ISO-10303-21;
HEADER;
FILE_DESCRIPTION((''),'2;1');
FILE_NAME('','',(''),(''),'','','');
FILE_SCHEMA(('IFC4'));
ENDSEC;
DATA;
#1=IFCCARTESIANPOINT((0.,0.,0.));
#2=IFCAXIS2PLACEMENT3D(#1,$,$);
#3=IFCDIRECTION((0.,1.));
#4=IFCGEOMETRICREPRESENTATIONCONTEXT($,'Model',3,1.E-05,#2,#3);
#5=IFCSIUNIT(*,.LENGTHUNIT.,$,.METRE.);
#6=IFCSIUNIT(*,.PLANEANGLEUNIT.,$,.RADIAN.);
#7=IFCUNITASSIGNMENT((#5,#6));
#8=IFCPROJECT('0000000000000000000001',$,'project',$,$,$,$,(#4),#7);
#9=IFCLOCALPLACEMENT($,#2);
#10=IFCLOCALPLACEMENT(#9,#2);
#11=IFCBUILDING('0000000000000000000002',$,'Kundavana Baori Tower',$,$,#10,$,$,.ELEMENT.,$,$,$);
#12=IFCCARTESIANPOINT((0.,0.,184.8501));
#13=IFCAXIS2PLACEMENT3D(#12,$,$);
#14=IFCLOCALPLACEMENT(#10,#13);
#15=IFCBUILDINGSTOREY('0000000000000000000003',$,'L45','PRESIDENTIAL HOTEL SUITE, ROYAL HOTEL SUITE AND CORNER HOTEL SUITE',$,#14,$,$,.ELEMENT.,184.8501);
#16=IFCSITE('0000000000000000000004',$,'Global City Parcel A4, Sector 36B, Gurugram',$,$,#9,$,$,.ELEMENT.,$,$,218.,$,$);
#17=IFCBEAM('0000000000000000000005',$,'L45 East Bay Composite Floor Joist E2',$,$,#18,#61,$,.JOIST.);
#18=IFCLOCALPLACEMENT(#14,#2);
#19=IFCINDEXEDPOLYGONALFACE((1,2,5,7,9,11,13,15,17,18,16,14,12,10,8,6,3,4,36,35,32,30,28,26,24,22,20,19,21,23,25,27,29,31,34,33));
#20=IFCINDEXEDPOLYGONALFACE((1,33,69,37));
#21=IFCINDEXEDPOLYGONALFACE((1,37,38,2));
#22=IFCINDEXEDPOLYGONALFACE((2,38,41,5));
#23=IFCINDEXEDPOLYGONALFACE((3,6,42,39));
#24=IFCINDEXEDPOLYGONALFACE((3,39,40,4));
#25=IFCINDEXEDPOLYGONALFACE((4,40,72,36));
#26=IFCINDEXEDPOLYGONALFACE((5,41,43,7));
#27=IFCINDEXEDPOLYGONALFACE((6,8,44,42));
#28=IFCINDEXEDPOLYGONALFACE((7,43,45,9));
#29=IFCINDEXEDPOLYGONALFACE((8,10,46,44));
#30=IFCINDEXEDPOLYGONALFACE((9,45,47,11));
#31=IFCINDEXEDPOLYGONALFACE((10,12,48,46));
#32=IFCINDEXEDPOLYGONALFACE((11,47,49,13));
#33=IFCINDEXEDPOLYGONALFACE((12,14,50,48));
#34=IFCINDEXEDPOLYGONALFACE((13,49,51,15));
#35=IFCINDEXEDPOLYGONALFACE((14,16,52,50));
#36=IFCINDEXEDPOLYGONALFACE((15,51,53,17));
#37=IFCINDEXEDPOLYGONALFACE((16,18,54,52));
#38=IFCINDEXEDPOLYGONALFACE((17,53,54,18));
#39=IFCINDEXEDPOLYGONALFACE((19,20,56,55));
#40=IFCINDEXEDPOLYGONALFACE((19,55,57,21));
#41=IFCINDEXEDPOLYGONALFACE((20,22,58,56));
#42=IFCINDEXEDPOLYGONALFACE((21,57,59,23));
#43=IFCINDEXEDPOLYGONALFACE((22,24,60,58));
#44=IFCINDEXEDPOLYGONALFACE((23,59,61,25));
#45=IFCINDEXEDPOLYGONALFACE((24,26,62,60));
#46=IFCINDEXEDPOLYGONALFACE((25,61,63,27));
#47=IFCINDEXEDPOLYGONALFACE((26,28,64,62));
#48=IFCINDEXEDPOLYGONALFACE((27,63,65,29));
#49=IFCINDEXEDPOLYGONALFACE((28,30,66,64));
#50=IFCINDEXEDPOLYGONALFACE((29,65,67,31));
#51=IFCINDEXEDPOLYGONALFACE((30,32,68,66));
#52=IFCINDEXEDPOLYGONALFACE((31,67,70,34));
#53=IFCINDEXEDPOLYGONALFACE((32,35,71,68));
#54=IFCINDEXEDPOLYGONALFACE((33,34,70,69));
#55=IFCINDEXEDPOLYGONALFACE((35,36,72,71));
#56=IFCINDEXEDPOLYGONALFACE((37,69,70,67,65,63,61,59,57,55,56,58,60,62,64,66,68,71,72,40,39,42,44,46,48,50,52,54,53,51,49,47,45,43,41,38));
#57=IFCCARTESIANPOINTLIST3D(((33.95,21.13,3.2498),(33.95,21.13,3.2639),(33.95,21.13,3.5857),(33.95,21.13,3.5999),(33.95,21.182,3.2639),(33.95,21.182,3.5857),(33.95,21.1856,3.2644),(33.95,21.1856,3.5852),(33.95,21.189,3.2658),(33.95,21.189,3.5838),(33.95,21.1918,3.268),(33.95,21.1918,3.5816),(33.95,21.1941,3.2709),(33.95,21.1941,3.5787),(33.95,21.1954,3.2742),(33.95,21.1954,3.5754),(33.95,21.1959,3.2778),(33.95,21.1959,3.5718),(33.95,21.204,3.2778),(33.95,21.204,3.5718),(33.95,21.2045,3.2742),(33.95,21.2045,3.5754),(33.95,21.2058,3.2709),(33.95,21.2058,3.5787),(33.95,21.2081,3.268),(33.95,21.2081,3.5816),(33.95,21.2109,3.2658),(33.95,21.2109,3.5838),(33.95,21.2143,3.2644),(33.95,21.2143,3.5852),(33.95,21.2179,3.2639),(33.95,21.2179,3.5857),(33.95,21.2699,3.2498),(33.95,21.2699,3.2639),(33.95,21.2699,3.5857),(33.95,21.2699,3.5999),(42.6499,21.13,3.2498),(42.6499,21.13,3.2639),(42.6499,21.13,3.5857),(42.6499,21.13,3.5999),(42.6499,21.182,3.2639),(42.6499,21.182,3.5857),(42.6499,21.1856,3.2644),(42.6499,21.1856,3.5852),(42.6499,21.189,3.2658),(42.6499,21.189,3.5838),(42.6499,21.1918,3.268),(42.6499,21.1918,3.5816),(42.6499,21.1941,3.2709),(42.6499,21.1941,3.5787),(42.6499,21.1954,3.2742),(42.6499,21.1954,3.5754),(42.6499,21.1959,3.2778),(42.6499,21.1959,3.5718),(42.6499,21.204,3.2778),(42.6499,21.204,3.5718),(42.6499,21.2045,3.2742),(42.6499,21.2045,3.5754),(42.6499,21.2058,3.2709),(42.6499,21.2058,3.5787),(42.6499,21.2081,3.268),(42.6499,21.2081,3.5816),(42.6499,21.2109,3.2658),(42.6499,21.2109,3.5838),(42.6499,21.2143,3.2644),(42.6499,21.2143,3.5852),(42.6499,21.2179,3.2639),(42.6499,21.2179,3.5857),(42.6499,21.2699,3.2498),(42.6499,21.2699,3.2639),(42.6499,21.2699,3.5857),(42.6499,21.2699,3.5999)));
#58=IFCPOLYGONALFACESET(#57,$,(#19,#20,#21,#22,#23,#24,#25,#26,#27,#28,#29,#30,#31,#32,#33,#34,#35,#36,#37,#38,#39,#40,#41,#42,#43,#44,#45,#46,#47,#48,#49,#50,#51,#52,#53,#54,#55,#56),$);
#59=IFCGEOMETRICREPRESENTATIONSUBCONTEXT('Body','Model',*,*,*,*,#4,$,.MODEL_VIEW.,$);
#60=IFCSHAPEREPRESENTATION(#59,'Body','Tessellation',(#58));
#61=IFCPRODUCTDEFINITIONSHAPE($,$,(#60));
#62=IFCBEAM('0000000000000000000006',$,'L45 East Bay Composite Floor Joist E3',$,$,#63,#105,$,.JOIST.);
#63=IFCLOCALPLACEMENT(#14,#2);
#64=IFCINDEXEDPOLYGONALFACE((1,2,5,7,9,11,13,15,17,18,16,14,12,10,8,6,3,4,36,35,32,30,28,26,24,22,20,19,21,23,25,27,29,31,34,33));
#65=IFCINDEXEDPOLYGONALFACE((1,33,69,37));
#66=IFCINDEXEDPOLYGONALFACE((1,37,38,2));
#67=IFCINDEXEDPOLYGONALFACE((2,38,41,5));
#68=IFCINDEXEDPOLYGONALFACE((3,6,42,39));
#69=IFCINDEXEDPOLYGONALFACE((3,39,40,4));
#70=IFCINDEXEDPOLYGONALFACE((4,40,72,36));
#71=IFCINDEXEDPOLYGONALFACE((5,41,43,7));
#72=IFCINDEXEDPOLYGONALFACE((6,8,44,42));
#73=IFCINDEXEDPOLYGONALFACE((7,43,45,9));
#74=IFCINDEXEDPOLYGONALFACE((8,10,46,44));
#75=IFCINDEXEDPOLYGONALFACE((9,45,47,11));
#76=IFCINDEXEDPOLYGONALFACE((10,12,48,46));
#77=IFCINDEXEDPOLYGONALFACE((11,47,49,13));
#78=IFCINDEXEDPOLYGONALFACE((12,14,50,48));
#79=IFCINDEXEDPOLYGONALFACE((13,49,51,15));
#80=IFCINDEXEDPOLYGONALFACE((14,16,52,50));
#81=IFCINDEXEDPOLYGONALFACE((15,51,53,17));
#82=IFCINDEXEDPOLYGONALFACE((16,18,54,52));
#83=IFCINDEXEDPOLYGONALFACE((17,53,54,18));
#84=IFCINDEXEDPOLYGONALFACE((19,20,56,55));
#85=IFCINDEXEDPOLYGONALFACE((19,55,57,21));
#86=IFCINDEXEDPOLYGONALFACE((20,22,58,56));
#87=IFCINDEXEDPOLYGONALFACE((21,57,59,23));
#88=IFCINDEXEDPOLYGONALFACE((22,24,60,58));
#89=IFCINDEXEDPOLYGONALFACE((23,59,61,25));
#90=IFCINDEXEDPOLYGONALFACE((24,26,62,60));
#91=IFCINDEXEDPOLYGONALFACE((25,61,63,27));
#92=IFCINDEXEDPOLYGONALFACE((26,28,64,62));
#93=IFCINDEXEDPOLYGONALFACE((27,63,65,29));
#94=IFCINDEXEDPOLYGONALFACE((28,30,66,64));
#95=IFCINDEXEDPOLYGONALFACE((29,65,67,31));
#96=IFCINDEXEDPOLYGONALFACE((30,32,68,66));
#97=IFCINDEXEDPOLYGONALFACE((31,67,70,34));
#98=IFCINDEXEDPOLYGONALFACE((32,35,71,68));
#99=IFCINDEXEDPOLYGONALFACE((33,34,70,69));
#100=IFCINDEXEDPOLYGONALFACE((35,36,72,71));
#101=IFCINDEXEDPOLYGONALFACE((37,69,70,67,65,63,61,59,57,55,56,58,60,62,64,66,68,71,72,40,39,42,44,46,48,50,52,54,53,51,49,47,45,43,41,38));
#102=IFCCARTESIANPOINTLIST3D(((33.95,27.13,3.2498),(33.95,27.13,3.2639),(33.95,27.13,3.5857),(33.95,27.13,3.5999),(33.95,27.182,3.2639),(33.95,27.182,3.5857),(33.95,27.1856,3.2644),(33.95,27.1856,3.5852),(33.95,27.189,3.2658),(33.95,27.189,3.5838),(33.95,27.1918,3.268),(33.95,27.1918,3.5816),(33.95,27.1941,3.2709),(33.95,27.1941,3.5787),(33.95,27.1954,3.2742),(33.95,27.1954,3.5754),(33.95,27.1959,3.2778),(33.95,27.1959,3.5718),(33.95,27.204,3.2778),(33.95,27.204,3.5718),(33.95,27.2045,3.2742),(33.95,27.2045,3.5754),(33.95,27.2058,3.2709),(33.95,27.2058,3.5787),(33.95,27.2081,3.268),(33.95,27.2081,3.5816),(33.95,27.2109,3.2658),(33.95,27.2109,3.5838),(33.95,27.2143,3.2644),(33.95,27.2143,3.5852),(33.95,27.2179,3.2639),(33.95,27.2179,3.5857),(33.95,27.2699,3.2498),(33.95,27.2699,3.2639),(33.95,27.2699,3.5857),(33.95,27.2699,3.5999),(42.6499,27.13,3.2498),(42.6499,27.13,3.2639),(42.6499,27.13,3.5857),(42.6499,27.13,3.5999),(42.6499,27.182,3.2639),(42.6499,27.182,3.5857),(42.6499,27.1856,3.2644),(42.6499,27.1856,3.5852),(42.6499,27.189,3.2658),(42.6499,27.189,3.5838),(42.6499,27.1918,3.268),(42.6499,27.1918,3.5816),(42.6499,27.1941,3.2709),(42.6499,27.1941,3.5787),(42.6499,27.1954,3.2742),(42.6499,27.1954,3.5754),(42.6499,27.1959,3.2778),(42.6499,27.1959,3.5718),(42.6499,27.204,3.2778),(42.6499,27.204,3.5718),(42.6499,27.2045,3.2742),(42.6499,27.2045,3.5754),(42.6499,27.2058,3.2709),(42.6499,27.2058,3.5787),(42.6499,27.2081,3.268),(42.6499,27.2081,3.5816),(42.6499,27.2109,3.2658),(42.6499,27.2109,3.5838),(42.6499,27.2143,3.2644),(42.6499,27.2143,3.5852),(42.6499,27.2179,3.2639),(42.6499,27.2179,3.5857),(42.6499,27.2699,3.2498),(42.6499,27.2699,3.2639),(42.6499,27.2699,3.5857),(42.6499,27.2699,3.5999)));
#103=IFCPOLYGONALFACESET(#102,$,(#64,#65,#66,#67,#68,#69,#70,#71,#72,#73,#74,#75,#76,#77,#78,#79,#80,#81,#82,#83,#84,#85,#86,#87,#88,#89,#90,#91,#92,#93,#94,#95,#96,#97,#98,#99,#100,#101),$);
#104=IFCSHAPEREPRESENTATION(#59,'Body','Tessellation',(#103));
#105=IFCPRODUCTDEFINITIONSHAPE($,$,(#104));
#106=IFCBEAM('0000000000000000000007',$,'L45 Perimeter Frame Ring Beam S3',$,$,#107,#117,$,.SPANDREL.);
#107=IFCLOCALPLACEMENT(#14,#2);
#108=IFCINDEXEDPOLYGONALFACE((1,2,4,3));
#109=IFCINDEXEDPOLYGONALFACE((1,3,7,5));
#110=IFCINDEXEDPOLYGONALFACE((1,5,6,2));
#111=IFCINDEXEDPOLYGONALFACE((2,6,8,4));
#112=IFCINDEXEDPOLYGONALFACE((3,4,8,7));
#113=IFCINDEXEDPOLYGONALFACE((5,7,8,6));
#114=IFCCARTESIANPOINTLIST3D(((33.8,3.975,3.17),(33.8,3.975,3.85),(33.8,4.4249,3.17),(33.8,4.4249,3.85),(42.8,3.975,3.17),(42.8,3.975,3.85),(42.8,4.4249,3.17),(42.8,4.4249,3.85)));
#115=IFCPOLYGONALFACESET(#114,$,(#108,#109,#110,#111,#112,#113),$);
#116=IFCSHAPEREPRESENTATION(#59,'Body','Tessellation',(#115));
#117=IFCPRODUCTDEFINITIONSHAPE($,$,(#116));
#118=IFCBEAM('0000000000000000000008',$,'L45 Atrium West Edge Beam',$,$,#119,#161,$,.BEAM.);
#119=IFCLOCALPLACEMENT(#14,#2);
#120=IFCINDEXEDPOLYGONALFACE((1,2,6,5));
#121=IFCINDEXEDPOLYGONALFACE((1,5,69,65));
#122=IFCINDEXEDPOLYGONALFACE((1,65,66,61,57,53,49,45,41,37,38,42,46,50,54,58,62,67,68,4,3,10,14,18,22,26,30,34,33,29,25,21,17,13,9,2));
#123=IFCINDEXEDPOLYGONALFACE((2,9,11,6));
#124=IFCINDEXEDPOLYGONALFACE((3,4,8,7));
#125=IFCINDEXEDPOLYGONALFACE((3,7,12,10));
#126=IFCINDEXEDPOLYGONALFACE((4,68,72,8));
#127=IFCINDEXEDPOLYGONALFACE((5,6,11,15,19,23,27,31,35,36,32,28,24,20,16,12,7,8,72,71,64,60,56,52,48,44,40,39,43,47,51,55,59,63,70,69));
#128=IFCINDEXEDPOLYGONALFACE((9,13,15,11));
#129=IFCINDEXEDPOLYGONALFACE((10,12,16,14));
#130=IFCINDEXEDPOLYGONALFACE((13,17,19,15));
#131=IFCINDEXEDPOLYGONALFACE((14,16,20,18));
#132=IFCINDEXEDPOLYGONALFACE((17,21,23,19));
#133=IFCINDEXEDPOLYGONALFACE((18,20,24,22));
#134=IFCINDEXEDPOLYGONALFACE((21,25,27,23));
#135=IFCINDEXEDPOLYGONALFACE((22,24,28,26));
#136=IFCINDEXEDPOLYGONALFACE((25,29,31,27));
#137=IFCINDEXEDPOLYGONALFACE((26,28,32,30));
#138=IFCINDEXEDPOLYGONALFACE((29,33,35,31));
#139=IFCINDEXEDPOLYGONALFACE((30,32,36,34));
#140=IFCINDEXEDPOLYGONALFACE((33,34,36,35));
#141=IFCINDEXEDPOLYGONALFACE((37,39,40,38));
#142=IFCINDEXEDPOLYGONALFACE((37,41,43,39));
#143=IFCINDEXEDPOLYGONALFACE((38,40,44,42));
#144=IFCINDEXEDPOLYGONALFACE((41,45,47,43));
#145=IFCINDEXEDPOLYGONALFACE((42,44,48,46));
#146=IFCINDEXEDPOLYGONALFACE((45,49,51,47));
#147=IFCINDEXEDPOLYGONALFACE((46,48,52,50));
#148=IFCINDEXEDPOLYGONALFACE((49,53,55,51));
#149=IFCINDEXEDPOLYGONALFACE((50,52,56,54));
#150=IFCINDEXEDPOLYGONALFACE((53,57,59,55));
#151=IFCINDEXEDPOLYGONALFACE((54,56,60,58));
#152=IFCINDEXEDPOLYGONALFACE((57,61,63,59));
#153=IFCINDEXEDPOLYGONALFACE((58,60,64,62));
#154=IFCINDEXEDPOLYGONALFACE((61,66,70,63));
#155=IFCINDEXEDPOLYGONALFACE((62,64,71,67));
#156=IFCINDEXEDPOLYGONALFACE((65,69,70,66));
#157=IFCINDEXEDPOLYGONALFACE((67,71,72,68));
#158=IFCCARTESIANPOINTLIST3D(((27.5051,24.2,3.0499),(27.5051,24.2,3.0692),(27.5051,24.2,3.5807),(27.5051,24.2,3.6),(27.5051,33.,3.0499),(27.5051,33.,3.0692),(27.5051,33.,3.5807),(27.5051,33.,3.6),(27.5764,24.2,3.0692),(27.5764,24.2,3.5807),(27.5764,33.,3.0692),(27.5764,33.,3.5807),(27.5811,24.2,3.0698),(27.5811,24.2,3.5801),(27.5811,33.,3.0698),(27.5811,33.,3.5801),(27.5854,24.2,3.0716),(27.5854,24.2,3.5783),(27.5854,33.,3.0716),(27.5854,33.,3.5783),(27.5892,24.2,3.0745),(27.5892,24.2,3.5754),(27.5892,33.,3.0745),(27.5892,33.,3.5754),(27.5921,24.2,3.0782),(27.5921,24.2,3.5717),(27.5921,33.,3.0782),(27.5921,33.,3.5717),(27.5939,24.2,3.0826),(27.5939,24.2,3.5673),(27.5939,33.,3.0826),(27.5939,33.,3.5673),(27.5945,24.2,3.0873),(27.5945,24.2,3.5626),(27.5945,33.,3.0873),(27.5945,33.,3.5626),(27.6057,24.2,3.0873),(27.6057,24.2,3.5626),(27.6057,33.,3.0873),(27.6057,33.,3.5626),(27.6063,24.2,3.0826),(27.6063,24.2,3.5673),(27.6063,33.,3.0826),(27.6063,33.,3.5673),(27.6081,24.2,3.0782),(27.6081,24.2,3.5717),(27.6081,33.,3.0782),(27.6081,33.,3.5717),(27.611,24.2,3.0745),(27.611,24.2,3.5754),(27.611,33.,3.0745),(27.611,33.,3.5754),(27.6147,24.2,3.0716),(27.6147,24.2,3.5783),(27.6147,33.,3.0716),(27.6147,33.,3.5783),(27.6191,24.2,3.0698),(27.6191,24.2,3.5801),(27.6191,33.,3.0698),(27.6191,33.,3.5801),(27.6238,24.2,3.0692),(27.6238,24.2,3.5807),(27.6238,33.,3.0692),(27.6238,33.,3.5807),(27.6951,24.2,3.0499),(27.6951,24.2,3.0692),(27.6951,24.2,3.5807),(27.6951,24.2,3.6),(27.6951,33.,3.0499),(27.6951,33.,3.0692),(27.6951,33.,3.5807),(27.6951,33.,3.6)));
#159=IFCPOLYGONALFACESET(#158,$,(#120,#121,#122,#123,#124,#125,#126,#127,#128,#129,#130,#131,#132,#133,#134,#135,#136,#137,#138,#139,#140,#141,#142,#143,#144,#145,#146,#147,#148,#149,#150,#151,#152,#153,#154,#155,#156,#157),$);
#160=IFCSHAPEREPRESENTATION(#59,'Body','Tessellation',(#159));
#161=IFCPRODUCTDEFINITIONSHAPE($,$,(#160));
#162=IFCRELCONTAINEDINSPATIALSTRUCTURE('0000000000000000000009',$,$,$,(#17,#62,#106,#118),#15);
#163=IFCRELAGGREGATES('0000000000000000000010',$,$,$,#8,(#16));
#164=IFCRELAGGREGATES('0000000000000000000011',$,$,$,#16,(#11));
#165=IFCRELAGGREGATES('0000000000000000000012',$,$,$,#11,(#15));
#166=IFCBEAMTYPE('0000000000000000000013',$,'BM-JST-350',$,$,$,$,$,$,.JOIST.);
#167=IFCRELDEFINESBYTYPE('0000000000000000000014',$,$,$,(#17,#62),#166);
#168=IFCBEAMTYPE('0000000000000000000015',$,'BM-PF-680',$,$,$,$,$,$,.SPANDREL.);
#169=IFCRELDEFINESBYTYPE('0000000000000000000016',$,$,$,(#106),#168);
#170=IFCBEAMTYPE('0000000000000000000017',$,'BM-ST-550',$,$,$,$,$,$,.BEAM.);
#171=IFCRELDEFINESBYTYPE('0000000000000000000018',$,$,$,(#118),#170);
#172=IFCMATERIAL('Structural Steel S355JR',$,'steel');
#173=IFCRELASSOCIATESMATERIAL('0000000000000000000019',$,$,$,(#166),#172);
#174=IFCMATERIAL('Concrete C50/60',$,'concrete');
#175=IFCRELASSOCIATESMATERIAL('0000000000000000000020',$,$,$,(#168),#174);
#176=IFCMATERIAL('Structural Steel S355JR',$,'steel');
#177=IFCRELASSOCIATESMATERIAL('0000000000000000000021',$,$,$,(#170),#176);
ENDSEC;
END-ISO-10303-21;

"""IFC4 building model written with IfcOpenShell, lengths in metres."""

from ifc_helpers import new_model, si_unit, direction, frame, origin, origin_2d, place, context, subcontext, project, spatial, rectangle, i_section, extrude, material, material_profile, profile_set, type_object, element, save


model = new_model("IFC4")

# Units and contexts
model_context = context("Model", 3, precision=1e-05, world=origin(), true_north=direction((0.0, 1.0)))
body_context = subcontext(model_context, "Body", "Model", "MODEL_VIEW")
ifc_project = project(units=[si_unit("LENGTHUNIT", "METRE"), si_unit("PLANEANGLEUNIT", "RADIAN")], contexts=[model_context])

# Site, building, storey
site_placement = place(None, origin())
site = spatial("IfcSite", under=ifc_project, at=site_placement, Name="Global City Parcel A4, Sector 36B, Gurugram", CompositionType="ELEMENT", RefElevation=218.0)
building_placement = place(site_placement, origin())
building = spatial("IfcBuilding", under=site, at=building_placement, Name="Kundavana Baori Tower", CompositionType="ELEMENT")
storey_placement = place(building_placement, frame((0.0, 0.0, 184.8501)))
storey = spatial("IfcBuildingStorey", under=building, at=storey_placement, Name="L45", Description="PRESIDENTIAL HOTEL SUITE, ROYAL HOTEL SUITE AND CORNER HOTEL SUITE", CompositionType="ELEMENT", Elevation=184.8501)

# Beams
ifc_material_1 = material(Name="Structural Steel S355JR", Category="steel")
ifc_material_profile_1 = material_profile(ifc_material_1, i_section(OverallWidth=0.1399, OverallDepth=0.3501, WebThickness=0.0081, FlangeThickness=0.0142, FilletRadius=0.0139, at=origin_2d()), Name="ISMB 350")
ifc_profile_set_1 = profile_set([ifc_material_profile_1], Name="Structural Steel S355JR")
beam_type_1 = type_object("IfcBeamType", Name="BM-JST-350", PredefinedType="JOIST", material=ifc_profile_set_1)
for number, where, z_axis, x_axis, name in (
    (1, (33.95, 21.2, 3.4248), (1.0, 0.0, 0.0), (0.0, 1.0, 0.0), "L45 East Bay Composite Floor Joist E2"),
    (2, (33.95, 27.2, 3.4248), (1.0, 0.0, 0.0), (0.0, 1.0, 0.0), "L45 East Bay Composite Floor Joist E3"),
):
    element("IfcBeam", number, at=place(storey_placement, frame(where, z_axis=z_axis, x_axis=x_axis)), inside=storey, type_object=beam_type_1, Name=name, PredefinedType="JOIST", context=body_context, shape_type="SweptSolid", body=[
        extrude(i_section(OverallWidth=0.1399, OverallDepth=0.3501, WebThickness=0.0081, FlangeThickness=0.0142, FilletRadius=0.0139, at=origin_2d()), origin(), (0.0, 0.0, 1.0), 8.7),
    ])
ifc_material_2 = material(Name="Concrete C50/60", Category="concrete")
ifc_material_profile_2 = material_profile(ifc_material_2, rectangle(XDim=0.45, YDim=0.6799, at=origin_2d()), Name="RC BM 450x680")
ifc_profile_set_2 = profile_set([ifc_material_profile_2], Name="Concrete C50/60")
beam_type_2 = type_object("IfcBeamType", Name="BM-PF-680", PredefinedType="SPANDREL", material=ifc_profile_set_2)
beam_1_placement = place(storey_placement, frame((33.8, 4.2, 3.51), z_axis=(1.0, 0.0, 0.0), x_axis=(0.0, 1.0, 0.0)))
element("IfcBeam", 3, at=beam_1_placement, inside=storey, type_object=beam_type_2, Name="L45 Perimeter Frame Ring Beam S3", PredefinedType="SPANDREL", context=body_context, shape_type="SweptSolid", body=[
    extrude(rectangle(XDim=0.45, YDim=0.6799, at=origin_2d()), origin(), (0.0, 0.0, 1.0), 9.0),
])
ifc_material_3 = material(Name="Structural Steel S355JR", Category="steel")
ifc_material_profile_3 = material_profile(ifc_material_3, i_section(OverallWidth=0.1899, OverallDepth=0.55, WebThickness=0.0112, FlangeThickness=0.0193, FilletRadius=0.0181, at=origin_2d()), Name="ISMB 550")
ifc_profile_set_3 = profile_set([ifc_material_profile_3], Name="Structural Steel S355JR")
beam_type_3 = type_object("IfcBeamType", Name="BM-ST-550", PredefinedType="BEAM", material=ifc_profile_set_3)
for number, where, z_axis, x_axis, name in (
    (4, (27.6001, 24.2, 3.325), (0.0, 1.0, 0.0), (-1.0, 0.0, 0.0), "L45 Atrium West Edge Beam"),
):
    element("IfcBeam", number, at=place(storey_placement, frame(where, z_axis=z_axis, x_axis=x_axis)), inside=storey, type_object=beam_type_3, Name=name, PredefinedType="BEAM", context=body_context, shape_type="SweptSolid", body=[
        extrude(i_section(OverallWidth=0.1899, OverallDepth=0.55, WebThickness=0.0112, FlangeThickness=0.0193, FilletRadius=0.0181, at=origin_2d()), origin(), (0.0, 0.0, 1.0), 8.8),
    ])

save(model, "model.ifc")
